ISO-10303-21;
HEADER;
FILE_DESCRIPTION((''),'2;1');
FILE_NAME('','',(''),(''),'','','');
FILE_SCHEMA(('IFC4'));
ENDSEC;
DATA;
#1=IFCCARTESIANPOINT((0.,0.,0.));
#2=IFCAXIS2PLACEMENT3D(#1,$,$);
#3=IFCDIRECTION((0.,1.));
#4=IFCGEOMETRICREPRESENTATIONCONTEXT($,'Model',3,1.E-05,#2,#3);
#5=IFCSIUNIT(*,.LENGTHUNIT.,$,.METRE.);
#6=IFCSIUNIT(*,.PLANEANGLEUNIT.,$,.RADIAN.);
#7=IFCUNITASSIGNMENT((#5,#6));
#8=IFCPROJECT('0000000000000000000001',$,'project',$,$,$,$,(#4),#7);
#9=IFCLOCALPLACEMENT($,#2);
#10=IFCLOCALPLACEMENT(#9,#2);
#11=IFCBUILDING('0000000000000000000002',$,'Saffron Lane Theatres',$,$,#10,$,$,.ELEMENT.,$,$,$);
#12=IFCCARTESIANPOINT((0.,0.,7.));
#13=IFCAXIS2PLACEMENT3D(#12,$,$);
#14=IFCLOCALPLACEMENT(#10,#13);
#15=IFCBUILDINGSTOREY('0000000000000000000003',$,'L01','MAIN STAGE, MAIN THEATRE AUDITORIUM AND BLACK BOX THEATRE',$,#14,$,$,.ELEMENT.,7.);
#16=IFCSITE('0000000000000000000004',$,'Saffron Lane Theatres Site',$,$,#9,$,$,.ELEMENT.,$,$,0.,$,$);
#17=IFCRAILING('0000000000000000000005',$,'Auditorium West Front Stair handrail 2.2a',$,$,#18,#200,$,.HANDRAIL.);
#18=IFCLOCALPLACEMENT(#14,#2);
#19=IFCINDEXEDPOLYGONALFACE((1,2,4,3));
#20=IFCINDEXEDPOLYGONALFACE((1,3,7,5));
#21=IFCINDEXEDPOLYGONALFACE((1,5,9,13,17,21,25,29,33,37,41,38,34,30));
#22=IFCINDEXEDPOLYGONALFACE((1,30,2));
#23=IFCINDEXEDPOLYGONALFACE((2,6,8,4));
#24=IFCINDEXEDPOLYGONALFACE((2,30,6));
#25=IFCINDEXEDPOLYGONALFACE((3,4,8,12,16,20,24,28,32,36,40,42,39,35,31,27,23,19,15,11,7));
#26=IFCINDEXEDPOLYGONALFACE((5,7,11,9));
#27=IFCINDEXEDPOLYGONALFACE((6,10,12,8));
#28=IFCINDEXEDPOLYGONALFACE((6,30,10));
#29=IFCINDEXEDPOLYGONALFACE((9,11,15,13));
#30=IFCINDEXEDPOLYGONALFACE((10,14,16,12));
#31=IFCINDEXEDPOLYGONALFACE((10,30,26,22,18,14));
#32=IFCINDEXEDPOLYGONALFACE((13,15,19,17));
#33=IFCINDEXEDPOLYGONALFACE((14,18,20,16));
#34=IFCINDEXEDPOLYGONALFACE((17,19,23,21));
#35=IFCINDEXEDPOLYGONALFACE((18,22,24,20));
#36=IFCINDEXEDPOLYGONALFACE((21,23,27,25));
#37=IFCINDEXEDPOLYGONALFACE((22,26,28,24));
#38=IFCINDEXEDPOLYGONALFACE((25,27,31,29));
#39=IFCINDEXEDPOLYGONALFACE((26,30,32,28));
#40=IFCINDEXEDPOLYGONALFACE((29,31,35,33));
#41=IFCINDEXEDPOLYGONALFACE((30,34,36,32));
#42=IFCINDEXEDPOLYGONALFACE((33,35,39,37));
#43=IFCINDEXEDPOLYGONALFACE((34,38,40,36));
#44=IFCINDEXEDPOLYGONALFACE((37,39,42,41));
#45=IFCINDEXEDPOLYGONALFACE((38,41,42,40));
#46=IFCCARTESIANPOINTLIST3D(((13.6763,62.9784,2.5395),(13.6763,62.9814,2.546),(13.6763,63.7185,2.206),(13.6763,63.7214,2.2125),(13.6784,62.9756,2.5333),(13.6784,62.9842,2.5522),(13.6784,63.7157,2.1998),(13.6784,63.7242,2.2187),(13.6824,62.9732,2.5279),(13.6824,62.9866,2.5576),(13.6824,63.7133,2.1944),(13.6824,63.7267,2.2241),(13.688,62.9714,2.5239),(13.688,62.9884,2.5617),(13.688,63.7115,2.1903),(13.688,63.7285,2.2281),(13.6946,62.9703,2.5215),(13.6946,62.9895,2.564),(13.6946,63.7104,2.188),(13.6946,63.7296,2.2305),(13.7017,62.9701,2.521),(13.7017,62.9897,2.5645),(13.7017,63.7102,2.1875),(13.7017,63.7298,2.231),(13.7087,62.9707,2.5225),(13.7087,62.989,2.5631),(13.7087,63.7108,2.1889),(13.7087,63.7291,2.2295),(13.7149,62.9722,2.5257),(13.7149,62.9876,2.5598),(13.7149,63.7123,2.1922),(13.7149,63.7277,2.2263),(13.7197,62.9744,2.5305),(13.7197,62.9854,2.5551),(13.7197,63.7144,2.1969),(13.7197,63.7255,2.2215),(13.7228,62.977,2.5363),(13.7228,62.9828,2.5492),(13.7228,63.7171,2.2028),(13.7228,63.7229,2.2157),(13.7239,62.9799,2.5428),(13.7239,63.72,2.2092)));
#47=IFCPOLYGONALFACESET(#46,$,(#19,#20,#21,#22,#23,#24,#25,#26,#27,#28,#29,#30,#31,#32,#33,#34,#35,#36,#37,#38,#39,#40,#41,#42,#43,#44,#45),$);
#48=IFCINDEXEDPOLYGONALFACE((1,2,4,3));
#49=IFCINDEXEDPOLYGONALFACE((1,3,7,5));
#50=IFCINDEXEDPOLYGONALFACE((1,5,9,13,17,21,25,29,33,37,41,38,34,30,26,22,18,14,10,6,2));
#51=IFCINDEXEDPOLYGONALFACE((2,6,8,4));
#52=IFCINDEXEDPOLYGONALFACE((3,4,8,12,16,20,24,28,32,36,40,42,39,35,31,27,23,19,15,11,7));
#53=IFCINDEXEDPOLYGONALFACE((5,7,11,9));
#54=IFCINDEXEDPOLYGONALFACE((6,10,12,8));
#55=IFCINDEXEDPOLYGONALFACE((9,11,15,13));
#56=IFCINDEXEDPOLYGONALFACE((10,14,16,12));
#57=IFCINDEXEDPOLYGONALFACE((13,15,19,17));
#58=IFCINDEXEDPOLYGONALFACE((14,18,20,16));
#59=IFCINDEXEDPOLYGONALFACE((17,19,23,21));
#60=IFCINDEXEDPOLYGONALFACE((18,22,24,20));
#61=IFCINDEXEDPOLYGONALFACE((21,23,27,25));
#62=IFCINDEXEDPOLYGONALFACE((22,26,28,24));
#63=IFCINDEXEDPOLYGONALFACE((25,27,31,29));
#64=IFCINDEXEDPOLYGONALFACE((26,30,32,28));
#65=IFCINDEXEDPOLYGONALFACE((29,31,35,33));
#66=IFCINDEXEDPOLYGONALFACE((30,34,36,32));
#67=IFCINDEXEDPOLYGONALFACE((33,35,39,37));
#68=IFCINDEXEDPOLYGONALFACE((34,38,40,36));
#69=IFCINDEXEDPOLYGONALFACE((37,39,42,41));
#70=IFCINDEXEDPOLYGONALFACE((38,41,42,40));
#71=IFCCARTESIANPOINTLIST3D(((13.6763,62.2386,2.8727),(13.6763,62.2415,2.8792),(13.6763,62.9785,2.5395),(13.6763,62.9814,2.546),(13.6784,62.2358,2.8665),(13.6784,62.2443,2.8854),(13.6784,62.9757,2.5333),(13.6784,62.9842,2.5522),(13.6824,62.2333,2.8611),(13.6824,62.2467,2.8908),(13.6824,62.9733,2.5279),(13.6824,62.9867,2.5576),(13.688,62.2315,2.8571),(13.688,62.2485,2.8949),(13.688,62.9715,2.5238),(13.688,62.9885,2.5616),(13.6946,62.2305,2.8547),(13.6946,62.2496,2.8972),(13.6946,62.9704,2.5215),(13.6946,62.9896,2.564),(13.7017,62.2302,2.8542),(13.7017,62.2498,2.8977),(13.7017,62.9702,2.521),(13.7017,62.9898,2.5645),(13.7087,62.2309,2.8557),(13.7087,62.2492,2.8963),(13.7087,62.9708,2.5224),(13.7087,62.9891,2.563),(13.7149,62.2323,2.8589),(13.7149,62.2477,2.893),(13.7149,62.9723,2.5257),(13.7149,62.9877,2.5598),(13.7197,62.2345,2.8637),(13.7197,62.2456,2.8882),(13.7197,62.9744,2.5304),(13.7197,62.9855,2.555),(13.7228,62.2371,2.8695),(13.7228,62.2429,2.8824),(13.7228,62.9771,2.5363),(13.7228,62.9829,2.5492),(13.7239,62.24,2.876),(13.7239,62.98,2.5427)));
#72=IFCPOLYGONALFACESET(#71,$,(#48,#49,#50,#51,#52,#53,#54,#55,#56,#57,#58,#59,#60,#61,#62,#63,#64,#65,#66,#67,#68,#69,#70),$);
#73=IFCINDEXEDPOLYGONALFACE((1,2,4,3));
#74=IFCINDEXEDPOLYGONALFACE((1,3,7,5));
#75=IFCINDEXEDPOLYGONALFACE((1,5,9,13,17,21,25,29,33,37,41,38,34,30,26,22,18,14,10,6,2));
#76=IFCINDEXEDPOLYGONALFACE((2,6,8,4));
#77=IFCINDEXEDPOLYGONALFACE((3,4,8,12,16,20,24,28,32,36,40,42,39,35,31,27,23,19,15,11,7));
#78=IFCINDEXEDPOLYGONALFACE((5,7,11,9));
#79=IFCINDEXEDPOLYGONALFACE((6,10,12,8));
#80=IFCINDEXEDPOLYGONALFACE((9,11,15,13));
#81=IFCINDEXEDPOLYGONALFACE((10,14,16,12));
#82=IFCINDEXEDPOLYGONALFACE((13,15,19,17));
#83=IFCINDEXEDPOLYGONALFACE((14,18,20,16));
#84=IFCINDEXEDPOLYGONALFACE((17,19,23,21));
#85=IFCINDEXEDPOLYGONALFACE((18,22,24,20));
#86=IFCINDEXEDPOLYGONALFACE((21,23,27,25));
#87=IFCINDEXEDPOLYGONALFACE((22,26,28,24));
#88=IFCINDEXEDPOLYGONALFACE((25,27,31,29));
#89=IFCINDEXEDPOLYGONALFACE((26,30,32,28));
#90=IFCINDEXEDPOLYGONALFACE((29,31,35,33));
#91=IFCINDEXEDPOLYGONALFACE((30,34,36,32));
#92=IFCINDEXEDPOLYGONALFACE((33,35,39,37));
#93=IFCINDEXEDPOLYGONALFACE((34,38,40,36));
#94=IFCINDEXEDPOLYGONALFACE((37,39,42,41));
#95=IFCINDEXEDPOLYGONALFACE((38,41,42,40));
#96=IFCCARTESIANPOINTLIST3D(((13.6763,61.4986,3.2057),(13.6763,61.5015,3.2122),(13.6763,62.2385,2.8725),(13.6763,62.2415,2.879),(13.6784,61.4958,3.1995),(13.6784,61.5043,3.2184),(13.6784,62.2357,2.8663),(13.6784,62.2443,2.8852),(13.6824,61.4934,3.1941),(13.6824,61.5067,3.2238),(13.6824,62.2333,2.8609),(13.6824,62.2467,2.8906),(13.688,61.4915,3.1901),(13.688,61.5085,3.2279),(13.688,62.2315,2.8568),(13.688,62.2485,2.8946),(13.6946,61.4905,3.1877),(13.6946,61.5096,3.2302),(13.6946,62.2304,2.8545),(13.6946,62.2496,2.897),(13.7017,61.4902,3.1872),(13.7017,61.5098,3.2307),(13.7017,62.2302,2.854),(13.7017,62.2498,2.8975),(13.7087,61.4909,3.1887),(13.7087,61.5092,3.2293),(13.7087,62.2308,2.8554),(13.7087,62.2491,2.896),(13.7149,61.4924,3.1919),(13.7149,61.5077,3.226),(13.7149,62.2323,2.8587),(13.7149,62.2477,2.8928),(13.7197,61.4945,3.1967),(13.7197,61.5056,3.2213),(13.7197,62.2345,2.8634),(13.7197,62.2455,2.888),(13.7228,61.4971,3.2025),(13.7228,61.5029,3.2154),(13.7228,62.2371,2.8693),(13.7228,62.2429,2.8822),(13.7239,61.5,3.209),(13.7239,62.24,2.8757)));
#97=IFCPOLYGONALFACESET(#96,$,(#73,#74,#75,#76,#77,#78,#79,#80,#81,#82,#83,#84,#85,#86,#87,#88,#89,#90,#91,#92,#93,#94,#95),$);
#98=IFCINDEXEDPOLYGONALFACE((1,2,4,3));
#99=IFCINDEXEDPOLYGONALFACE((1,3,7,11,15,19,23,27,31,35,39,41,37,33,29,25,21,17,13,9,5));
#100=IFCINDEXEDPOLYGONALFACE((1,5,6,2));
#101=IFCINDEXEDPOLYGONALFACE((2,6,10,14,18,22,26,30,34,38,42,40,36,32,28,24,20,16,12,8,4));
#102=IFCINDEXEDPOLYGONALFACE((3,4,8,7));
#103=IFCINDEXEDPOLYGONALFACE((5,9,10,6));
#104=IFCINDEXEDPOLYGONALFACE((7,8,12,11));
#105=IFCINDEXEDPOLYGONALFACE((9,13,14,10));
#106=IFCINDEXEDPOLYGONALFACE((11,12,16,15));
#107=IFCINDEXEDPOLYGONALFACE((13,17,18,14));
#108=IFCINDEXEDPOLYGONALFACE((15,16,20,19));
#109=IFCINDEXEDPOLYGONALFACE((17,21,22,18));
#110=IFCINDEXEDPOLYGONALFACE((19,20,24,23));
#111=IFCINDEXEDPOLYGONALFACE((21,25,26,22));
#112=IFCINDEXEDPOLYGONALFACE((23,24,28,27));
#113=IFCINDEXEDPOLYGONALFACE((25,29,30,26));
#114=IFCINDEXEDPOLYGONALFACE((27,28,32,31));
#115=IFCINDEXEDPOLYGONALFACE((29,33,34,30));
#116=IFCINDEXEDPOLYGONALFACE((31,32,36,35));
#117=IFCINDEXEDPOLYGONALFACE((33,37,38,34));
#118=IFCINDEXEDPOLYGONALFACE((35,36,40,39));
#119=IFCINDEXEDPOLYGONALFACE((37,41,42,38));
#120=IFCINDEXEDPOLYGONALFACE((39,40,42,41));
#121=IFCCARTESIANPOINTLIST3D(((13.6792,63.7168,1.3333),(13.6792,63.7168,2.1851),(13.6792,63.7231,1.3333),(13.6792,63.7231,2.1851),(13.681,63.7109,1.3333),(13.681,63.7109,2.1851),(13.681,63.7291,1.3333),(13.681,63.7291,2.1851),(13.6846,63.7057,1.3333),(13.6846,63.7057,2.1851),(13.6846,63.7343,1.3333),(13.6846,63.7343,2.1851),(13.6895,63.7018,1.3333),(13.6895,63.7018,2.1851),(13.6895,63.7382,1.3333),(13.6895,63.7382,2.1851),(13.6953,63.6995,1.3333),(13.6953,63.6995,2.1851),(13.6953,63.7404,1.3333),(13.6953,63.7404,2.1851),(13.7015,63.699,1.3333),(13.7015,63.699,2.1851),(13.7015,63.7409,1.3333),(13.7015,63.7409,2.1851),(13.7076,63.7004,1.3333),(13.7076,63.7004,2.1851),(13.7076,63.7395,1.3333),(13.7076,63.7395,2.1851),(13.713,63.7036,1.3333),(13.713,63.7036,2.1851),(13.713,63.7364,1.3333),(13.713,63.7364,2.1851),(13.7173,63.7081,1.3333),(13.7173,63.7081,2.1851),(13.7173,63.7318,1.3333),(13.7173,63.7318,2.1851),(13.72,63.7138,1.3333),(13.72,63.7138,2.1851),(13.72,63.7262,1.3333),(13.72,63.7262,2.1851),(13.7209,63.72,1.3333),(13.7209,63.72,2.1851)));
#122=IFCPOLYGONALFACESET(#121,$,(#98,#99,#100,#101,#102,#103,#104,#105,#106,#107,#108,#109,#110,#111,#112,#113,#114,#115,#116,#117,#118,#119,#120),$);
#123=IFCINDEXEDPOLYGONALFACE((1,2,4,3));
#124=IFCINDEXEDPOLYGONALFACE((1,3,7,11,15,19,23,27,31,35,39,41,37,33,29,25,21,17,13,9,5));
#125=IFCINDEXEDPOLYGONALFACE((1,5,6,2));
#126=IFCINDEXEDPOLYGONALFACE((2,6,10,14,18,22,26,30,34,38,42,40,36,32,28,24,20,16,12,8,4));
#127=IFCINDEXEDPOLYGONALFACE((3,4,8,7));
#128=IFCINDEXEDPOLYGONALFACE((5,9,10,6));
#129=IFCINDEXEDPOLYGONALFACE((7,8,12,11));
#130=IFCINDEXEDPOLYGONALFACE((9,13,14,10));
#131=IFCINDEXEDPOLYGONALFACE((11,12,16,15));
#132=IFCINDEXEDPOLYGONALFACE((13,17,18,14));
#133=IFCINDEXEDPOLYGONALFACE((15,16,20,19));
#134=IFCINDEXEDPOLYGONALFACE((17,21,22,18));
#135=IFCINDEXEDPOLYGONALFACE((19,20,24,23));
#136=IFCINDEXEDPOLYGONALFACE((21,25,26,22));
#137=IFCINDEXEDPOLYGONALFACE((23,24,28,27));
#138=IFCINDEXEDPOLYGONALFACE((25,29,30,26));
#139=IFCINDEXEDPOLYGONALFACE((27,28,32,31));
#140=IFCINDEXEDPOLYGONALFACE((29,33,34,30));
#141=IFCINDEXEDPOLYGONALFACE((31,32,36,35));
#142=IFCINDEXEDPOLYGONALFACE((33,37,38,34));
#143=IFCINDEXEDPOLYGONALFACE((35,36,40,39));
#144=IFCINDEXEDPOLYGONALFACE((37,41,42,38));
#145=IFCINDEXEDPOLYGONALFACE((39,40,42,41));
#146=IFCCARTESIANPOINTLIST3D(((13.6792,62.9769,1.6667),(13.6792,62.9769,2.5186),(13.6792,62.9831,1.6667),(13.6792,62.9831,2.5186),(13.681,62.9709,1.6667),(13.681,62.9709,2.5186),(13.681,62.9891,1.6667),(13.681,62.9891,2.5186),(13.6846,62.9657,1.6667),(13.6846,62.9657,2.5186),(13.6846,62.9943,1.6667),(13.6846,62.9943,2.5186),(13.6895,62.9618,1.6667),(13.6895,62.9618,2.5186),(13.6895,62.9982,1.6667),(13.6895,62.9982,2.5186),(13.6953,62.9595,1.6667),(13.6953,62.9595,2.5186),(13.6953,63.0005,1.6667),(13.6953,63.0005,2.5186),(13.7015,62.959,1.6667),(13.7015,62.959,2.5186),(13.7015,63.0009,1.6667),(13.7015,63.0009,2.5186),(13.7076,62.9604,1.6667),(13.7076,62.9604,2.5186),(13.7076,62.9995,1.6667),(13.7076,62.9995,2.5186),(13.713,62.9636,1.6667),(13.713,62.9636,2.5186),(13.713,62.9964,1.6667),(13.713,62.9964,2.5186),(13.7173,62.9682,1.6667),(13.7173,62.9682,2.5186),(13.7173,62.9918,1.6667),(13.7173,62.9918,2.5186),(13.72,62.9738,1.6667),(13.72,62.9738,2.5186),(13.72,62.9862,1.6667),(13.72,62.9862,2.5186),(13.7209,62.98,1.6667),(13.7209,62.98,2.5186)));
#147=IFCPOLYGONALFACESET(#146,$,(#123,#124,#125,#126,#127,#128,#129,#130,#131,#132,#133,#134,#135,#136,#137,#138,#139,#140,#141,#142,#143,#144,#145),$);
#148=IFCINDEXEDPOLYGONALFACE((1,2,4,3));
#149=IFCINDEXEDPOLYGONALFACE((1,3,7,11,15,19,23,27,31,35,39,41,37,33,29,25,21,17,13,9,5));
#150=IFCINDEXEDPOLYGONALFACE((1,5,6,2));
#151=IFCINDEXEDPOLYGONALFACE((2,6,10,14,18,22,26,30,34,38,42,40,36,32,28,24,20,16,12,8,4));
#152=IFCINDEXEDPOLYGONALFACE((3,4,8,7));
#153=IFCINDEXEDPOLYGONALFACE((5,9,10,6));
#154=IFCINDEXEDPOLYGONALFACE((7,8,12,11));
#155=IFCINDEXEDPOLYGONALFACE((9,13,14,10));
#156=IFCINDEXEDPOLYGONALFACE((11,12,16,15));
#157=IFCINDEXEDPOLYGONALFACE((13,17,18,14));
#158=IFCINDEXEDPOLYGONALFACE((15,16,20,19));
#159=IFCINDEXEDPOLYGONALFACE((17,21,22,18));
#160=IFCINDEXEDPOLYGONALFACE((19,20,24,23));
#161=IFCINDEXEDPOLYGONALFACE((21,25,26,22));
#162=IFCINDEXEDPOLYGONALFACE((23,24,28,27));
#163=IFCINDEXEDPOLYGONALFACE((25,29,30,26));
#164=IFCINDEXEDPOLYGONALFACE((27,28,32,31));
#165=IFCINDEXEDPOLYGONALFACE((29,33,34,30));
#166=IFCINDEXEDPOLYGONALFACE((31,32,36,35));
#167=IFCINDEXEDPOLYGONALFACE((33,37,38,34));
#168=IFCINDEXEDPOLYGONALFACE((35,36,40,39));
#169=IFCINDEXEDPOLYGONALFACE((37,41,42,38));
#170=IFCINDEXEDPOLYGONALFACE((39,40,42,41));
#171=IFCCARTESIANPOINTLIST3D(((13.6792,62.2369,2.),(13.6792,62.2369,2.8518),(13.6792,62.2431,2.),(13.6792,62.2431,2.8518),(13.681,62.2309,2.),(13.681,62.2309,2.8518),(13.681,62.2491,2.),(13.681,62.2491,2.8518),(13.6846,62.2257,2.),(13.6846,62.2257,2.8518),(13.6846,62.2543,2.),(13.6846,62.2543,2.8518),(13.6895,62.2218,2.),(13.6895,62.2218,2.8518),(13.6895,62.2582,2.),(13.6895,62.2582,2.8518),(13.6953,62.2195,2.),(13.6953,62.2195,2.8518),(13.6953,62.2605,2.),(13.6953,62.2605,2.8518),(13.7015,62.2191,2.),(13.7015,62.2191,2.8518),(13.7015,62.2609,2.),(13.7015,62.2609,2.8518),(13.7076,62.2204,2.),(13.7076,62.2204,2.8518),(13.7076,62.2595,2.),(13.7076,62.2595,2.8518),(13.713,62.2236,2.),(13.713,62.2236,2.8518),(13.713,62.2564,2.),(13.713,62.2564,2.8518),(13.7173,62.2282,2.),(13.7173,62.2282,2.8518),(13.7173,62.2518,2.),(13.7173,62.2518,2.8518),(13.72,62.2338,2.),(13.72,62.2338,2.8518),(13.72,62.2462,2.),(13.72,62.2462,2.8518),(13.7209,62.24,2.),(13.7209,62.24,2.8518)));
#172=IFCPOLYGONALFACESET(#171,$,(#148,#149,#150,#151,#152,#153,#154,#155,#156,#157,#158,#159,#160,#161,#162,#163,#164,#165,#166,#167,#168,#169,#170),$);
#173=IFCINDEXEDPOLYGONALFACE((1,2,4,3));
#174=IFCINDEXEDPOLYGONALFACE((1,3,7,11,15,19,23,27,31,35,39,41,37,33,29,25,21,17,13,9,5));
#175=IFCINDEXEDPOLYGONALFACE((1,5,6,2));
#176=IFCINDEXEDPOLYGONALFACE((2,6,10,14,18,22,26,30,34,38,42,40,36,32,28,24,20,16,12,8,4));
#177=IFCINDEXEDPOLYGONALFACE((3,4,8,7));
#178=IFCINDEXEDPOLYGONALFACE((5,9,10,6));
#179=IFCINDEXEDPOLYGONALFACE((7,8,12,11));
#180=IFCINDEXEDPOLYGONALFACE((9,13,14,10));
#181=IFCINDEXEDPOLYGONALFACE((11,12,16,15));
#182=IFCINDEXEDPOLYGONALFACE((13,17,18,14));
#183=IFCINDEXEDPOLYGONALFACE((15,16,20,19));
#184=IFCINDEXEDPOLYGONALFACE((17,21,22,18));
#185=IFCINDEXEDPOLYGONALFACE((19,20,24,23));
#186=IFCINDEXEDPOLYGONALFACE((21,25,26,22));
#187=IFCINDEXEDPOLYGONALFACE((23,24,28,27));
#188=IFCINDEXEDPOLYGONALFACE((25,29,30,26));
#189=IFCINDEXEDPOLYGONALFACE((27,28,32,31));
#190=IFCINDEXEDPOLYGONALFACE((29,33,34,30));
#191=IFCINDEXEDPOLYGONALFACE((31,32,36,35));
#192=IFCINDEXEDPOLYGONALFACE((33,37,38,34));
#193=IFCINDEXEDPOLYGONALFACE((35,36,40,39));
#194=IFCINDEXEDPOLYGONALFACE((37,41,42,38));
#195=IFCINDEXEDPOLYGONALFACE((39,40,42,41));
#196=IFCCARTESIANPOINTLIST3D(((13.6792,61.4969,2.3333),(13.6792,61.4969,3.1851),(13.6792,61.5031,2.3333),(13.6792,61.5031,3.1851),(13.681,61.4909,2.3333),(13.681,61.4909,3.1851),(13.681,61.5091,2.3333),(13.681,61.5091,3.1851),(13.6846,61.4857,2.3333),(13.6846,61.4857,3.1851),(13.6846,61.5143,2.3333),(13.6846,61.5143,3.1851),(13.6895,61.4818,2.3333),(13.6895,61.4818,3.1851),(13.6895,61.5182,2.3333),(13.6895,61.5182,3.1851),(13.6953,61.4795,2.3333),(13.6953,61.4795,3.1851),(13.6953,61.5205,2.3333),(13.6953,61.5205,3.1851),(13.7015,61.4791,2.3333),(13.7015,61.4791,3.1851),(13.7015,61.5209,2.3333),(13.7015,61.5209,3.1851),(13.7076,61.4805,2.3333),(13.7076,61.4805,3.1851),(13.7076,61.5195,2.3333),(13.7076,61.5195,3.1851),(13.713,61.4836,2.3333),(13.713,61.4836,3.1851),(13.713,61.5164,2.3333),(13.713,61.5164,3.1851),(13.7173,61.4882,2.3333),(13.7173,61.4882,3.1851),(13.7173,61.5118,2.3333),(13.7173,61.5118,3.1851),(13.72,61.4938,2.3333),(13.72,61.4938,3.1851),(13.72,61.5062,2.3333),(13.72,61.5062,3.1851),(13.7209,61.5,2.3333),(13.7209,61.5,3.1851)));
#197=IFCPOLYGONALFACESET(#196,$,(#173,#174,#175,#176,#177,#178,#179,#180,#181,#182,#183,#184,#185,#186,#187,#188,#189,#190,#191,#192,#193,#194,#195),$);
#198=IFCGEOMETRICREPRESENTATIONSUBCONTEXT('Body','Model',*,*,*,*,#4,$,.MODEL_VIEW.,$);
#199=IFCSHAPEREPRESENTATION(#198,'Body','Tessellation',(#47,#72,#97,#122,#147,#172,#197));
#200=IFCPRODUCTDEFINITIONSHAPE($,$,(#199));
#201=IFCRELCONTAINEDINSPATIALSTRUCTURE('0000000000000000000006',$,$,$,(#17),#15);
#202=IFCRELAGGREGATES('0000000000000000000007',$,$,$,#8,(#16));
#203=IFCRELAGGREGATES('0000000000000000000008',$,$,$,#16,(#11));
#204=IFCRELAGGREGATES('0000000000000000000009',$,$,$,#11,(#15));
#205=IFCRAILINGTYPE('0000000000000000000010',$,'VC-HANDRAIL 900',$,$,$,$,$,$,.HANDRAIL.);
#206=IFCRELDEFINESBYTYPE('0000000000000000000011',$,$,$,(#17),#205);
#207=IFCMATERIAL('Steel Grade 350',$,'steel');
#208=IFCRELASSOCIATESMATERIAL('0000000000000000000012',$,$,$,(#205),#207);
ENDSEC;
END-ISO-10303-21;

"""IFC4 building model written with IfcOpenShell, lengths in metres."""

from ifc_helpers import new_model, si_unit, direction, frame, origin, origin_2d, place, context, subcontext, project, spatial, circle, extrude, material, type_object, element, save


model = new_model("IFC4")

# Units and contexts
model_context = context("Model", 3, precision=1e-05, world=origin(), true_north=direction((0.0, 1.0)))
body_context = subcontext(model_context, "Body", "Model", "MODEL_VIEW")
ifc_project = project(units=[si_unit("LENGTHUNIT", "METRE"), si_unit("PLANEANGLEUNIT", "RADIAN")], contexts=[model_context])

# Site, building, storey
site_placement = place(None, origin())
site = spatial("IfcSite", under=ifc_project, at=site_placement, Name="Saffron Lane Theatres Site", CompositionType="ELEMENT", RefElevation=0.0)
building_placement = place(site_placement, origin())
building = spatial("IfcBuilding", under=site, at=building_placement, Name="Saffron Lane Theatres", CompositionType="ELEMENT")
storey_placement = place(building_placement, frame((0.0, 0.0, 7.0)))
storey = spatial("IfcBuildingStorey", under=building, at=storey_placement, Name="L01", Description="MAIN STAGE, MAIN THEATRE AUDITORIUM AND BLACK BOX THEATRE", CompositionType="ELEMENT", Elevation=7.0)

# Railing
ifc_material_1 = material(Name="Steel Grade 350", Category="steel")
railing_type_1 = type_object("IfcRailingType", Name="VC-HANDRAIL 900", PredefinedType="HANDRAIL", material=ifc_material_1)
for number, where, name in (
    (1, (13.7, 63.72, 1.3333), "Auditorium West Front Stair handrail 2.2a"),
):
    element("IfcRailing", number, at=place(storey_placement, frame(where)), inside=storey, type_object=railing_type_1, Name=name, PredefinedType="HANDRAIL", context=body_context, shape_type="SweptSolid", body=[
        extrude(circle(Radius=0.0239, at=origin_2d()), frame((0.0, 0.0, 0.876), z_axis=(0.0, -0.911691, 0.410877), x_axis=(1.0, 0.0, 0.0)), (0.0, 0.0, 1.0), 0.8118),
        extrude(circle(Radius=0.0239, at=origin_2d()), frame((0.0, -0.74, 1.2095), z_axis=(0.0, -0.911803, 0.410627), x_axis=(1.0, 0.0, 0.0)), (0.0, 0.0, 1.0), 0.8115),
        extrude(circle(Radius=0.0239, at=origin_2d()), frame((0.0, -1.48, 1.5425), z_axis=(0.0, -0.911803, 0.410627), x_axis=(1.0, 0.0, 0.0)), (0.0, 0.0, 1.0), 0.8115),
        extrude(circle(Radius=0.021, at=origin_2d()), origin(), (0.0, 0.0, 1.0), 0.8518),
        extrude(circle(Radius=0.021, at=origin_2d()), frame((0.0, -0.74, 0.3335)), (0.0, 0.0, 1.0), 0.8518),
        extrude(circle(Radius=0.021, at=origin_2d()), frame((0.0, -1.48, 0.6667)), (0.0, 0.0, 1.0), 0.8518),
        extrude(circle(Radius=0.021, at=origin_2d()), frame((0.0, -2.22, 1.0)), (0.0, 0.0, 1.0), 0.8518),
    ])

save(model, "model.ifc")
